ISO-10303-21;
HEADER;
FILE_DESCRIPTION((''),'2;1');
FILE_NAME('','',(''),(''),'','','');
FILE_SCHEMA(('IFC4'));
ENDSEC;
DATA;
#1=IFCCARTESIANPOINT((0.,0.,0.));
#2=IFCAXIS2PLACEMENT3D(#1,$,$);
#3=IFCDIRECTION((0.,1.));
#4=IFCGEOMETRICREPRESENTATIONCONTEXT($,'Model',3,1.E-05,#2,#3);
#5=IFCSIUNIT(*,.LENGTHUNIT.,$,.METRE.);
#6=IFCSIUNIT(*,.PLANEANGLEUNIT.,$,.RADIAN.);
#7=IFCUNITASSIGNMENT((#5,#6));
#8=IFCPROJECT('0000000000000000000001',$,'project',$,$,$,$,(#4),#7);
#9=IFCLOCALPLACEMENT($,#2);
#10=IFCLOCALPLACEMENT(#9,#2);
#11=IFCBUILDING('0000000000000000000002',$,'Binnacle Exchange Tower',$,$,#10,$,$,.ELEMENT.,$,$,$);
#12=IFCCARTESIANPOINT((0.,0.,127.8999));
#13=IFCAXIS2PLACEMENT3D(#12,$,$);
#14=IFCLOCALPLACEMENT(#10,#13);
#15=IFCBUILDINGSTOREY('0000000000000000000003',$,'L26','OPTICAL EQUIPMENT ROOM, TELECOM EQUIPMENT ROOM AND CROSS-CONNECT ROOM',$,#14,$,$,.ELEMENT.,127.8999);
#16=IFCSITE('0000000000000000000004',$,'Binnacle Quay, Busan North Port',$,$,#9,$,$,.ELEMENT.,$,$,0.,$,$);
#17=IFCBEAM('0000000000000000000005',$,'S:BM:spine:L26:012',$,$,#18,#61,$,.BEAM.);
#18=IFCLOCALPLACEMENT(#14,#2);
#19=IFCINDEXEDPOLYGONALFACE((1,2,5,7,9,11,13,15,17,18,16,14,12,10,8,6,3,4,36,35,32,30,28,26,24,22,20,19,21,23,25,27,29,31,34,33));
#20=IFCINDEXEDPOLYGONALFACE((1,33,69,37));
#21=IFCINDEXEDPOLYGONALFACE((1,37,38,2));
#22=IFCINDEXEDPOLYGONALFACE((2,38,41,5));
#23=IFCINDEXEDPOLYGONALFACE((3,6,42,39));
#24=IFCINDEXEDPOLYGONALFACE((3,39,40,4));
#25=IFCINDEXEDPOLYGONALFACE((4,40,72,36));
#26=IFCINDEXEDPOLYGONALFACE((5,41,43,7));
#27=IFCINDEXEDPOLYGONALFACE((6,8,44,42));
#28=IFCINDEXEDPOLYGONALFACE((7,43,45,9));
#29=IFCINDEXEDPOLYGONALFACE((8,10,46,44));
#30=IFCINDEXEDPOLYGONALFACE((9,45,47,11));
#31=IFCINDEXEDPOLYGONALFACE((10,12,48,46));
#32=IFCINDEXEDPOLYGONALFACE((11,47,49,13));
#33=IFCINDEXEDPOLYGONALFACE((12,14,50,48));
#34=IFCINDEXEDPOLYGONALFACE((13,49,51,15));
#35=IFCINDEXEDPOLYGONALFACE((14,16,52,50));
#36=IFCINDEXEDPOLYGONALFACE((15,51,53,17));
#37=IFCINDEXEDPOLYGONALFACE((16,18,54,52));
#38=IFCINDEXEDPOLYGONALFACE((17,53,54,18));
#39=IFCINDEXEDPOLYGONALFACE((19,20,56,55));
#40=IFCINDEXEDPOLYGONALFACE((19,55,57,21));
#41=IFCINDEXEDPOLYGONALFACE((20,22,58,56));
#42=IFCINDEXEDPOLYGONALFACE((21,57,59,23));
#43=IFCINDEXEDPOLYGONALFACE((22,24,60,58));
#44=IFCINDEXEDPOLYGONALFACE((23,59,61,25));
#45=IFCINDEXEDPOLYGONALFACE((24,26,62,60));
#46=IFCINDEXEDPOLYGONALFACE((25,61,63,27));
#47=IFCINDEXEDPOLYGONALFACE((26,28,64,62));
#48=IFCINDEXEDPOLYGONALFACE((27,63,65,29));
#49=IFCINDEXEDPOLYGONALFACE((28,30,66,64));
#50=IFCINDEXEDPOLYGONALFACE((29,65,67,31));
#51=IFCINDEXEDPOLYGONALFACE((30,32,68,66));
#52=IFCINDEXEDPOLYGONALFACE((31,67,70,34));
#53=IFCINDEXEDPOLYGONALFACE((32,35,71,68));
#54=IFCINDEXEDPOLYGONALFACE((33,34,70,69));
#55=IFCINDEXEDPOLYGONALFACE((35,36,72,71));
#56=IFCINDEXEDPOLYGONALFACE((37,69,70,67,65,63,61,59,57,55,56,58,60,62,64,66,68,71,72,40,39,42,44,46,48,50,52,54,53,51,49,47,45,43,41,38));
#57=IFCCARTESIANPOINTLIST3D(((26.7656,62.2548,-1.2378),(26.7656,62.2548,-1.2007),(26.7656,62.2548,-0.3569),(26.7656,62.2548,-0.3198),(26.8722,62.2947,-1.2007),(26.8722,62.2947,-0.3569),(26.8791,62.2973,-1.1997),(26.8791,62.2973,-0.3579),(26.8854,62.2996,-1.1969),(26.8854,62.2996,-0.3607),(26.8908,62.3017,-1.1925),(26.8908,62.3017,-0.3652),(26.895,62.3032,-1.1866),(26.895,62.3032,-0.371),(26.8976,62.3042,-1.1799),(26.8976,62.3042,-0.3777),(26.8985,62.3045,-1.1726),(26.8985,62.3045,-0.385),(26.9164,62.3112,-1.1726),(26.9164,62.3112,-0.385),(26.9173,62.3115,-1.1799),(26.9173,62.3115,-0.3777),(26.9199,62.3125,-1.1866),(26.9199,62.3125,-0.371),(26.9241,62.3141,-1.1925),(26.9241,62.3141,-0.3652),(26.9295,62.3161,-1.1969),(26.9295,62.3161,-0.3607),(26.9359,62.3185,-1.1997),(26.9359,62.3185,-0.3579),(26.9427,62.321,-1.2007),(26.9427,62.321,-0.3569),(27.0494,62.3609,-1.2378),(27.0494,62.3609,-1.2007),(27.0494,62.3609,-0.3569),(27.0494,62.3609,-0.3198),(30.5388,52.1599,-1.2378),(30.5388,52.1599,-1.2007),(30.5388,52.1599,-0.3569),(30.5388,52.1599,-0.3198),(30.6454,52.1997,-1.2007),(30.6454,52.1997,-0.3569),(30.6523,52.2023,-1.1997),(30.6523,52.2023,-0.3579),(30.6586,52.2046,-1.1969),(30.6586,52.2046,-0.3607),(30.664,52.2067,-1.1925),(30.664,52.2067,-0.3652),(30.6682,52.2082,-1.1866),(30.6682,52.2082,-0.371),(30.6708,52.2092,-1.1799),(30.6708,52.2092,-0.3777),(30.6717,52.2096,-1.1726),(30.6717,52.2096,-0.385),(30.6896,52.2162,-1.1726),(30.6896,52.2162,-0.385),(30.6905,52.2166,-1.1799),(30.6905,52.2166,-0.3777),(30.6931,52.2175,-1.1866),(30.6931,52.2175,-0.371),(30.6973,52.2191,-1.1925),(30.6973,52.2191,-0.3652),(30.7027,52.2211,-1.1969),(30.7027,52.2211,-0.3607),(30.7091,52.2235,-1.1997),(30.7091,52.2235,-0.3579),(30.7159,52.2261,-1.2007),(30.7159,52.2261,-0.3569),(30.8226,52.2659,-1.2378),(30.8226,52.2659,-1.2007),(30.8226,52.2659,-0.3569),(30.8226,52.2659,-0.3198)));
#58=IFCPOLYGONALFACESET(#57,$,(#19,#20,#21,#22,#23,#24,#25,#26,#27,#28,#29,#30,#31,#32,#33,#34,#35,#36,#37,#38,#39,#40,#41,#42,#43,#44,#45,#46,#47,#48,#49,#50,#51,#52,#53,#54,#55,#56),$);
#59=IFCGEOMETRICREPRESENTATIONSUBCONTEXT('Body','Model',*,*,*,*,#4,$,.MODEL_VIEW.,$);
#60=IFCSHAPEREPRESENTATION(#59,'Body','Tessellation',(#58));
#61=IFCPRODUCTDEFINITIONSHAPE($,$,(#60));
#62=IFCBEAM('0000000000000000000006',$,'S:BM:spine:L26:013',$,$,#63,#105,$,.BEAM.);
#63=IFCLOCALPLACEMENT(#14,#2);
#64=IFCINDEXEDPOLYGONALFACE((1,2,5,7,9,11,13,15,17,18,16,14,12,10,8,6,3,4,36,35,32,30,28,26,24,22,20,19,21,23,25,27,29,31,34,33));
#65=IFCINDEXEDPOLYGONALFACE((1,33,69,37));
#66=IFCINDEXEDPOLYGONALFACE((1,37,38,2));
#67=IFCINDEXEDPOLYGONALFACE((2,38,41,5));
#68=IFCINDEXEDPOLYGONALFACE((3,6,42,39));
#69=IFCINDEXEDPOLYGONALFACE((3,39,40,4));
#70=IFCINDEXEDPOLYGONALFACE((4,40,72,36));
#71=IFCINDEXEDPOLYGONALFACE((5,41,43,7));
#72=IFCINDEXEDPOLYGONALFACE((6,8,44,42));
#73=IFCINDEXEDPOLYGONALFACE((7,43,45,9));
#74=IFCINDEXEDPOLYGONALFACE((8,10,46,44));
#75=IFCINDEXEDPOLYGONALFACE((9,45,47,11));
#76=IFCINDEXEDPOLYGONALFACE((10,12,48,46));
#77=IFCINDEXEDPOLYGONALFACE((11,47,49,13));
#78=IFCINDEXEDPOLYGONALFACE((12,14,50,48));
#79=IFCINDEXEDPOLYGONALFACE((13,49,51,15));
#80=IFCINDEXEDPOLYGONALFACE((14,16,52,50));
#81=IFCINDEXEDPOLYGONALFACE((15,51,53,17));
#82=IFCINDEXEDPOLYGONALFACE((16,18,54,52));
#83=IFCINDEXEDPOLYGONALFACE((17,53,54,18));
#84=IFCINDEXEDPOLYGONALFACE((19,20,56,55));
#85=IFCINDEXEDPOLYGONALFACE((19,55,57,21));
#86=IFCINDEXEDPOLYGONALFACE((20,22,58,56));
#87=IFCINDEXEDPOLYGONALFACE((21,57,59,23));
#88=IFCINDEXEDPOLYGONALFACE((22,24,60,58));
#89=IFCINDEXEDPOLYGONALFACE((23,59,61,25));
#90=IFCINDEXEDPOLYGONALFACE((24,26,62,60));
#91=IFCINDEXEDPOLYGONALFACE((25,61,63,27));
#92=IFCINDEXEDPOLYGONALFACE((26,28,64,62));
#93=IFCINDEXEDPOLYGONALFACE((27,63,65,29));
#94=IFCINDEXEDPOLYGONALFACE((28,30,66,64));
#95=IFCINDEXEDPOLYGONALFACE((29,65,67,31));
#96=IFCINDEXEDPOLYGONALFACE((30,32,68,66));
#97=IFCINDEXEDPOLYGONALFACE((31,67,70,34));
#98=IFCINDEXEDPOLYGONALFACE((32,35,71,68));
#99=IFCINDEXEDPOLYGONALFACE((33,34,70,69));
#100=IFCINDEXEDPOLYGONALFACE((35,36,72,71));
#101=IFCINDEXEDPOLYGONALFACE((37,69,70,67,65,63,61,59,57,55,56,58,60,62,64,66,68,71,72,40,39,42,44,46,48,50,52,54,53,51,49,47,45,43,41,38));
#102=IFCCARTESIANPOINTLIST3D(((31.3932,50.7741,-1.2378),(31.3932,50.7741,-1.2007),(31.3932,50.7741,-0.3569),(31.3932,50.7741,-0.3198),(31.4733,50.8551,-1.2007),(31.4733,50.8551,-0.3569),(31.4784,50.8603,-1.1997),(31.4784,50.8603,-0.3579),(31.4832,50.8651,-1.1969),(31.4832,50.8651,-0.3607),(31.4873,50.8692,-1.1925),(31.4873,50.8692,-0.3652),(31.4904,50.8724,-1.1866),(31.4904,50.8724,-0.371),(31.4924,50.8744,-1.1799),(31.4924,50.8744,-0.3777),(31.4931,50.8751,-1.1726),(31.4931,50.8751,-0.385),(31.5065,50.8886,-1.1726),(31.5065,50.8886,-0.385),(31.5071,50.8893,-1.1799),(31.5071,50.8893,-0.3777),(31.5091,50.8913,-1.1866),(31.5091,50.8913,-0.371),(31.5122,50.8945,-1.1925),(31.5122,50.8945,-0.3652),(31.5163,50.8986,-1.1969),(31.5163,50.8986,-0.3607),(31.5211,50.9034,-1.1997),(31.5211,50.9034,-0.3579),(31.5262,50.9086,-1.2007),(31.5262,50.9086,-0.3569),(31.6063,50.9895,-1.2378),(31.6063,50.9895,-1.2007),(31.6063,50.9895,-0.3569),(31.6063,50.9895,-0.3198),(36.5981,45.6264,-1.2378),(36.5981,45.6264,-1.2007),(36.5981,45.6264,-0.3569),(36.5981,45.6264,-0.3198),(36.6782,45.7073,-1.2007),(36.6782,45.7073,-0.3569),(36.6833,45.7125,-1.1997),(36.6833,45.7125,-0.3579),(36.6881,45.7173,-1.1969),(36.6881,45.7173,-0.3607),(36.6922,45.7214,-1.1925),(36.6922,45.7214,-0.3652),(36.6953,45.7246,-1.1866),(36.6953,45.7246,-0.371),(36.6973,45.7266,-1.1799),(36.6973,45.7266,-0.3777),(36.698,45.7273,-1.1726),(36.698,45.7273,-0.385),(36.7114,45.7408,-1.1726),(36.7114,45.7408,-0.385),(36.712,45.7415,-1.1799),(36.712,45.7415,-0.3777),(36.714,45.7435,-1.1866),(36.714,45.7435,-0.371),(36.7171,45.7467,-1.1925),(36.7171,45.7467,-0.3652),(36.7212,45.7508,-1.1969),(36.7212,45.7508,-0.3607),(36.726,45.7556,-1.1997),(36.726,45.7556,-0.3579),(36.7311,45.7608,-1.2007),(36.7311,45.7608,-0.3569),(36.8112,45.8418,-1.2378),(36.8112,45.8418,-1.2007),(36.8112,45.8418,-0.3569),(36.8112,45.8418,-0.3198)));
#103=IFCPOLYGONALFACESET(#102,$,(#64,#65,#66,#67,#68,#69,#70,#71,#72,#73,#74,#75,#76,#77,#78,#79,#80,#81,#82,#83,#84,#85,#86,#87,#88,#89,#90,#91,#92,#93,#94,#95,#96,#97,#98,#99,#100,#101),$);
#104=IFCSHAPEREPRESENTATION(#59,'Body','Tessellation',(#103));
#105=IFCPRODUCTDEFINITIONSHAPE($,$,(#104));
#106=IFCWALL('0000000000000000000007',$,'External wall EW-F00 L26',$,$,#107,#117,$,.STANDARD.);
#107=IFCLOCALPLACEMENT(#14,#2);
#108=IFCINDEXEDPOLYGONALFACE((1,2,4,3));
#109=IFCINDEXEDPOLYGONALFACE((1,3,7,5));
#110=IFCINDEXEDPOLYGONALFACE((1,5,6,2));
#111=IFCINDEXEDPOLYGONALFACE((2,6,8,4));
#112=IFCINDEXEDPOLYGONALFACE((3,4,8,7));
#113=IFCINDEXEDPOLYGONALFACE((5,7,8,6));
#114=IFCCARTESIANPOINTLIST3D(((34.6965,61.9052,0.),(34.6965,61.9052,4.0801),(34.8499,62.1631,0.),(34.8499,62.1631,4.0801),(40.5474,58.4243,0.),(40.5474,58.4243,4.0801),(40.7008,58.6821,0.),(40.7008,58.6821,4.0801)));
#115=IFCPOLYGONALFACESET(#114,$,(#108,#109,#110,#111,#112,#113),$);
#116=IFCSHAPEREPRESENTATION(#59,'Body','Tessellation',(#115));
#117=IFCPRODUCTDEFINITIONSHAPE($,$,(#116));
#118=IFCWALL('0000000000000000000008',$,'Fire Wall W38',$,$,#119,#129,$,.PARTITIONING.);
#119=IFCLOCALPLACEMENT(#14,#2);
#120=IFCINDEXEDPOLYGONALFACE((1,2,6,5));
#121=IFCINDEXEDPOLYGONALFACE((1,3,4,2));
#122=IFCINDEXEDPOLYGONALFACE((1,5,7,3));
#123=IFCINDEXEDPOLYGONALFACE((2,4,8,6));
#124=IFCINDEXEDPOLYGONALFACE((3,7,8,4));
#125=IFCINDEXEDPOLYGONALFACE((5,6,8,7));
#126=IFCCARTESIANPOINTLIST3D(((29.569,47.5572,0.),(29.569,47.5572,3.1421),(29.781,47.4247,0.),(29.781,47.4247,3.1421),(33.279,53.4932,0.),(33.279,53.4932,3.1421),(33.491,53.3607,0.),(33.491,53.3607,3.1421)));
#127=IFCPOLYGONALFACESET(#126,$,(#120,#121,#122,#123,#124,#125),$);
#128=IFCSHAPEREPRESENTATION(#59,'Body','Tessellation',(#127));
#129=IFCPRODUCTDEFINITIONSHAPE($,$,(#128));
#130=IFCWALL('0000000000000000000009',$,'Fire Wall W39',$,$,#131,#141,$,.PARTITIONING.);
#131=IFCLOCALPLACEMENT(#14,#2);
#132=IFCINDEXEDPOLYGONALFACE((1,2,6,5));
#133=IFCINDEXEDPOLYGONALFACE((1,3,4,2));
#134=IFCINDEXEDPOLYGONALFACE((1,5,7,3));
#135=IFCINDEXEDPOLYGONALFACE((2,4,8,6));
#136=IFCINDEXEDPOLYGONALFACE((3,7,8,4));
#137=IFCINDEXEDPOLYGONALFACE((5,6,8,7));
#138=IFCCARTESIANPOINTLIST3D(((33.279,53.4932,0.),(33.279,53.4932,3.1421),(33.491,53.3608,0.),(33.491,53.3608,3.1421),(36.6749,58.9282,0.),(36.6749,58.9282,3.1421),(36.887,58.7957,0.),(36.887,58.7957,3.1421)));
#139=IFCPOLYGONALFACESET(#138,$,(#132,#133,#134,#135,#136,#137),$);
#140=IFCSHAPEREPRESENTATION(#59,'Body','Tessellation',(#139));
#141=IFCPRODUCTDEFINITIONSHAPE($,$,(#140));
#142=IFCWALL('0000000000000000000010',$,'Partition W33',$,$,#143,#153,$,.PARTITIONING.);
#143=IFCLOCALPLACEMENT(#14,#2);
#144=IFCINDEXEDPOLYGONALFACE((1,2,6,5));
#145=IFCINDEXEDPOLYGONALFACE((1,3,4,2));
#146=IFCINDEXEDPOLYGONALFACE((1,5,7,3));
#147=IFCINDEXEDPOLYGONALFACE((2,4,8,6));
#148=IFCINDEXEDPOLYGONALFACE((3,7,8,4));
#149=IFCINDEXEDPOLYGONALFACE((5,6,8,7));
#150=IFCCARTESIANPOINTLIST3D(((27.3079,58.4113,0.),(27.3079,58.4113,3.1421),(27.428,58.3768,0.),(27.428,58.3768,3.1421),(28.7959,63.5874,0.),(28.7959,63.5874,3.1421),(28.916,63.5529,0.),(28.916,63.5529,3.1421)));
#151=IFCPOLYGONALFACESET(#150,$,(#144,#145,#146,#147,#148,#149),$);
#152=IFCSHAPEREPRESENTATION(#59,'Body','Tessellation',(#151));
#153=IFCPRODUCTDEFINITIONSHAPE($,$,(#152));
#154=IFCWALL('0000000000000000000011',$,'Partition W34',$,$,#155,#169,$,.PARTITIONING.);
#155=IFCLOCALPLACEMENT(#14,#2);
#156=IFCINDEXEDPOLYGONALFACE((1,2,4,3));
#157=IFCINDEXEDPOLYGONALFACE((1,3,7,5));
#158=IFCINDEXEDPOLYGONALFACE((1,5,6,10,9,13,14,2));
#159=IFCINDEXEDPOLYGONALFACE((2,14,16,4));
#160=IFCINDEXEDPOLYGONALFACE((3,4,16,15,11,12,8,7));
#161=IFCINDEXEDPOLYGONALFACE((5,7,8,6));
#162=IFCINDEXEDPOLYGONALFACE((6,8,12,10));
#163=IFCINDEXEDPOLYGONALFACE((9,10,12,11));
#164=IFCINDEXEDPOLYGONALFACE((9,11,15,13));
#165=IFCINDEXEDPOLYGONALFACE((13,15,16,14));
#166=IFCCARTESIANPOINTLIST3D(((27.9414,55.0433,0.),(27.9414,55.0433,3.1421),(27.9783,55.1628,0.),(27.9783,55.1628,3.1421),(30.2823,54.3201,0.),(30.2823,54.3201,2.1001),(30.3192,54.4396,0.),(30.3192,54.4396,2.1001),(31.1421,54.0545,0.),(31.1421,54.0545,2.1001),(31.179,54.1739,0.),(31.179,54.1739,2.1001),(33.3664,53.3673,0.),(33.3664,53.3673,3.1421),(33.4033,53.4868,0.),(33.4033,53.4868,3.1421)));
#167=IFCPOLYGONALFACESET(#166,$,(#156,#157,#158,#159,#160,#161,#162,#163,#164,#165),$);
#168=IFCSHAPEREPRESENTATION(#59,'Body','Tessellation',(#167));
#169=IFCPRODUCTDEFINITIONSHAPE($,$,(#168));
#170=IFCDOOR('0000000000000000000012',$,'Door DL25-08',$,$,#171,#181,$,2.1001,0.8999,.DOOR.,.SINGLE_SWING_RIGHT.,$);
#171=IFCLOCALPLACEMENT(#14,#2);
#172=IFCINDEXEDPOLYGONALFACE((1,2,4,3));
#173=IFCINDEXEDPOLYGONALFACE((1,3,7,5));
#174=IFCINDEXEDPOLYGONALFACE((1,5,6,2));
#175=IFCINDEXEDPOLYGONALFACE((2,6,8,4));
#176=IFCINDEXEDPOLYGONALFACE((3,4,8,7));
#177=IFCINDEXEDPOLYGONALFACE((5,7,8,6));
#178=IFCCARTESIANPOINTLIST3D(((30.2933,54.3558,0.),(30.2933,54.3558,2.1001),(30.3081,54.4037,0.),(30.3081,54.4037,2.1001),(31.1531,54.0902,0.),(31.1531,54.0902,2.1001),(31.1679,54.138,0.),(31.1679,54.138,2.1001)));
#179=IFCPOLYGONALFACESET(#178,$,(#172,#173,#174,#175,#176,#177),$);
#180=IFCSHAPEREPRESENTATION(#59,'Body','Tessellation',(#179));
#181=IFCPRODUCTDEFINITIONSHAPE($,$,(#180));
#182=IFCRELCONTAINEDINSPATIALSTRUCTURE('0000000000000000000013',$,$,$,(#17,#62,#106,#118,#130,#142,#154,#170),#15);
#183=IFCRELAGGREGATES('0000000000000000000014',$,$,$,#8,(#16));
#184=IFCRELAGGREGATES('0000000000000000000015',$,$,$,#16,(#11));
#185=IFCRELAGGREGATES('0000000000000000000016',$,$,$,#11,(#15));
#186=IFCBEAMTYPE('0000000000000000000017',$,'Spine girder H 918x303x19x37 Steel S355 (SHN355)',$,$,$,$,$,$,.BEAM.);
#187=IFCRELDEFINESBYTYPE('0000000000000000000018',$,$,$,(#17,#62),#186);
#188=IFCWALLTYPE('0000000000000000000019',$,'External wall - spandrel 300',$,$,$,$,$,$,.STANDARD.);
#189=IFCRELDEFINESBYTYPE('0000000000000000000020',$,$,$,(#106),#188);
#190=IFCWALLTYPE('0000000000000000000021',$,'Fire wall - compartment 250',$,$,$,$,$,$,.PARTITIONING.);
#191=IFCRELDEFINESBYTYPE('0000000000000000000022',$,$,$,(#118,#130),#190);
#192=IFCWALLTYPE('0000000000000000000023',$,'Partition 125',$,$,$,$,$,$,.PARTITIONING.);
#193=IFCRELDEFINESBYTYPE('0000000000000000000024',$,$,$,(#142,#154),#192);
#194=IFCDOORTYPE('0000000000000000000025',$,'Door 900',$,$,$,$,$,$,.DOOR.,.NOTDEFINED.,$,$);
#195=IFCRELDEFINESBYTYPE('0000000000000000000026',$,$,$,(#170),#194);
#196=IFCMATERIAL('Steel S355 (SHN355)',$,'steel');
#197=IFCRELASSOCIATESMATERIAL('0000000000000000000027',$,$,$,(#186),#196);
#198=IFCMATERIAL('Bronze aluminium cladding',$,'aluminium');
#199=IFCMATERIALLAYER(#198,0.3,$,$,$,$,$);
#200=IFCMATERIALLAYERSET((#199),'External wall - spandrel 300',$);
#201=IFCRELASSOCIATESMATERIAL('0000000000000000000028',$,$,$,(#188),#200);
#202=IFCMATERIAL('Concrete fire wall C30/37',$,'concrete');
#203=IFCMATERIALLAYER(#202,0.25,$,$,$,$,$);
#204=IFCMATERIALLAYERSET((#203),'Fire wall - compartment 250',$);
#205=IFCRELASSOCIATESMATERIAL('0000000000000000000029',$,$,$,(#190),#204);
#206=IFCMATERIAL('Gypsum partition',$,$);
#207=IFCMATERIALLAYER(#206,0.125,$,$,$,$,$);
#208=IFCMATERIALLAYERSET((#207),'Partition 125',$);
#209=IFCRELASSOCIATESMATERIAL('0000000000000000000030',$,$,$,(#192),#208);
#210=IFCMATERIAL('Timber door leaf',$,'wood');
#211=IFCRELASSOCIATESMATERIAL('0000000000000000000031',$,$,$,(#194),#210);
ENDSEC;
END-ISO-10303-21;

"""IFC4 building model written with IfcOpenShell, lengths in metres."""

from ifc_helpers import new_model, si_unit, direction, frame, frame_2d, origin, origin_2d, place, context, subcontext, project, spatial, rectangle, i_section, extrude, material, layer, layer_set, material_profile, profile_set, type_object, element, fill, save


model = new_model("IFC4")

# Units and contexts
model_context = context("Model", 3, precision=1e-05, world=origin(), true_north=direction((0.0, 1.0)))
body_context = subcontext(model_context, "Body", "Model", "MODEL_VIEW")
ifc_project = project(units=[si_unit("LENGTHUNIT", "METRE"), si_unit("PLANEANGLEUNIT", "RADIAN")], contexts=[model_context])

# Site, building, storey
site_placement = place(None, origin())
site = spatial("IfcSite", under=ifc_project, at=site_placement, Name="Binnacle Quay, Busan North Port", CompositionType="ELEMENT", RefElevation=0.0)
building_placement = place(site_placement, origin())
building = spatial("IfcBuilding", under=site, at=building_placement, Name="Binnacle Exchange Tower", CompositionType="ELEMENT")
storey_placement = place(building_placement, frame((0.0, 0.0, 127.8999)))
storey = spatial("IfcBuildingStorey", under=building, at=storey_placement, Name="L26", Description="OPTICAL EQUIPMENT ROOM, TELECOM EQUIPMENT ROOM AND CROSS-CONNECT ROOM", CompositionType="ELEMENT", Elevation=127.8999)

# Beams
ifc_material_1 = material(Name="Steel S355 (SHN355)", Category="steel")
ifc_material_profile_1 = material_profile(ifc_material_1, i_section(OverallWidth=0.303, OverallDepth=0.918, WebThickness=0.019, FlangeThickness=0.0371, FilletRadius=0.0281, at=origin_2d()), Name="H 918x303x19x37")
ifc_profile_set_1 = profile_set([ifc_material_profile_1], Name="Steel S355 (SHN355)")
beam_type_1 = type_object("IfcBeamType", Name="Spine girder H 918x303x19x37 Steel S355 (SHN355)", PredefinedType="BEAM", material=ifc_profile_set_1)
beam_1_placement = place(storey_placement, frame((30.6807, 52.2129, -0.7788), z_axis=(-0.350113, 0.936708, 0.0), x_axis=(-0.936708, -0.350113, 0.0)))
element("IfcBeam", 1, at=beam_1_placement, inside=storey, type_object=beam_type_1, Name="S:BM:spine:L26:012", PredefinedType="BEAM", context=body_context, shape_type="SweptSolid", body=[
    extrude(i_section(OverallWidth=0.303, OverallDepth=0.918, WebThickness=0.019, FlangeThickness=0.0371, FilletRadius=0.0281, at=origin_2d()), origin(), (0.0, 0.0, 1.0), 10.7771),
])
beam_2_placement = place(storey_placement, frame((31.4998, 50.8818, -0.7788), z_axis=(0.710998, -0.703194, 0.0), x_axis=(0.703194, 0.710998, 0.0)))
element("IfcBeam", 2, at=beam_2_placement, inside=storey, type_object=beam_type_1, Name="S:BM:spine:L26:013", PredefinedType="BEAM", context=body_context, shape_type="SweptSolid", body=[
    extrude(i_section(OverallWidth=0.303, OverallDepth=0.918, WebThickness=0.019, FlangeThickness=0.0371, FilletRadius=0.0281, at=origin_2d()), origin(), (0.0, 0.0, 1.0), 7.3206),
])

# Walls
ifc_material_2 = material(Name="Bronze aluminium cladding", Category="aluminium")
ifc_layer_1 = layer(ifc_material_2, 0.3)
ifc_layer_set_1 = layer_set([ifc_layer_1], Name="External wall - spandrel 300")
wall_type_1 = type_object("IfcWallType", Name="External wall - spandrel 300", PredefinedType="STANDARD", material=ifc_layer_set_1)
wall_1_placement = place(storey_placement, frame((34.7732, 62.0342, 0.0), z_axis=(0.0, 0.0, 1.0), x_axis=(0.859401, -0.511302, 0.0)))
element("IfcWall", 3, at=wall_1_placement, inside=storey, type_object=wall_type_1, Name="External wall EW-F00 L26", PredefinedType="STANDARD", context=body_context, shape_type="SweptSolid", body=[
    extrude(rectangle(XDim=6.8081, YDim=0.3, at=frame_2d((3.4041, 0.0))), origin(), (0.0, 0.0, 1.0), 4.0801),
])
ifc_material_3 = material(Name="Concrete fire wall C30/37", Category="concrete")
ifc_layer_2 = layer(ifc_material_3, 0.25)
ifc_layer_set_2 = layer_set([ifc_layer_2], Name="Fire wall - compartment 250")
wall_type_2 = type_object("IfcWallType", Name="Fire wall - compartment 250", PredefinedType="PARTITIONING", material=ifc_layer_set_2)
wall_2_placement = place(storey_placement, frame((29.675, 47.491, 0.0), z_axis=(0.0, 0.0, 1.0), x_axis=(0.529993, 0.848002, 0.0)))
element("IfcWall", 4, at=wall_2_placement, inside=storey, type_object=wall_type_2, Name="Fire Wall W38", PredefinedType="PARTITIONING", context=body_context, shape_type="SweptSolid", body=[
    extrude(rectangle(XDim=7.0, YDim=0.25, at=frame_2d((3.5, 0.0))), origin(), (0.0, 0.0, 1.0), 3.1421),
])
wall_3_placement = place(storey_placement, frame((33.385, 53.427, 0.0), z_axis=(0.0, 0.0, 1.0), x_axis=(0.529896, 0.848063, 0.0)))
element("IfcWall", 5, at=wall_3_placement, inside=storey, type_object=wall_type_2, Name="Fire Wall W39", PredefinedType="PARTITIONING", context=body_context, shape_type="SweptSolid", body=[
    extrude(rectangle(XDim=6.4087, YDim=0.25, at=frame_2d((3.2043, 0.0))), origin(), (0.0, 0.0, 1.0), 3.1421),
])
ifc_material_4 = material(Name="Gypsum partition")
ifc_layer_3 = layer(ifc_material_4, 0.125)
ifc_layer_set_3 = layer_set([ifc_layer_3], Name="Partition 125")
wall_type_3 = type_object("IfcWallType", Name="Partition 125", PredefinedType="PARTITIONING", material=ifc_layer_set_3)
wall_4_placement = place(storey_placement, frame((27.3679, 58.394, 0.0), z_axis=(0.0, 0.0, 1.0), x_axis=(0.276295, 0.961073, 0.0)))
element("IfcWall", 6, at=wall_4_placement, inside=storey, type_object=wall_type_3, Name="Partition W33", PredefinedType="PARTITIONING", context=body_context, shape_type="SweptSolid", body=[
    extrude(rectangle(XDim=5.3857, YDim=0.125, at=frame_2d((2.6929, 0.0))), origin(), (0.0, 0.0, 1.0), 3.1421),
])

# Wall, opening, door
wall_5_placement = place(storey_placement, frame((27.96, 55.103, 0.0), z_axis=(0.0, 0.0, 1.0), x_axis=(0.955443, -0.295176, 0.0)))
wall_5 = element("IfcWall", 7, at=wall_5_placement, inside=storey, type_object=wall_type_3, Name="Partition W34", PredefinedType="PARTITIONING", context=body_context, shape_type="SweptSolid", body=[
    extrude(rectangle(XDim=5.678, YDim=0.125, at=frame_2d((2.8389, 0.0))), origin(), (0.0, 0.0, 1.0), 3.1421),
])
opening_1_placement = place(wall_5_placement, frame((2.45, 0.0, 0.0)))
opening_1 = element("IfcOpeningElement", 8, at=opening_1_placement, cuts=wall_5, PredefinedType="OPENING", context=body_context, shape_type="SweptSolid", body=[
    extrude(rectangle(XDim=0.8999, YDim=2.1001, at=frame_2d((0.45, 1.05))), frame((0.0, 0.0725, 0.0), z_axis=(0.0, -1.0, 0.0), x_axis=(1.0, 0.0, 0.0)), (0.0, 0.0, 1.0), 0.145),
])
ifc_material_5 = material(Name="Timber door leaf", Category="wood")
door_type_1 = type_object("IfcDoorType", Name="Door 900", OperationType="NOTDEFINED", PredefinedType="DOOR", material=ifc_material_5)
door_1_placement = place(opening_1_placement, origin())
door_1 = element("IfcDoor", 9, at=door_1_placement, inside=storey, type_object=door_type_1, Name="Door DL25-08", OperationType="SINGLE_SWING_RIGHT", OverallHeight=2.1001, OverallWidth=0.8999, PredefinedType="DOOR", context=body_context, shape_type="SweptSolid", body=[
    extrude(rectangle(XDim=0.8999, YDim=2.1001, at=frame_2d((0.45, 1.05))), frame((0.0, 0.0249, 0.0), z_axis=(0.0, -1.0, 0.0), x_axis=(1.0, 0.0, 0.0)), (0.0, 0.0, 1.0), 0.05),
])
fill(opening_1, door_1)

save(model, "model.ifc")
